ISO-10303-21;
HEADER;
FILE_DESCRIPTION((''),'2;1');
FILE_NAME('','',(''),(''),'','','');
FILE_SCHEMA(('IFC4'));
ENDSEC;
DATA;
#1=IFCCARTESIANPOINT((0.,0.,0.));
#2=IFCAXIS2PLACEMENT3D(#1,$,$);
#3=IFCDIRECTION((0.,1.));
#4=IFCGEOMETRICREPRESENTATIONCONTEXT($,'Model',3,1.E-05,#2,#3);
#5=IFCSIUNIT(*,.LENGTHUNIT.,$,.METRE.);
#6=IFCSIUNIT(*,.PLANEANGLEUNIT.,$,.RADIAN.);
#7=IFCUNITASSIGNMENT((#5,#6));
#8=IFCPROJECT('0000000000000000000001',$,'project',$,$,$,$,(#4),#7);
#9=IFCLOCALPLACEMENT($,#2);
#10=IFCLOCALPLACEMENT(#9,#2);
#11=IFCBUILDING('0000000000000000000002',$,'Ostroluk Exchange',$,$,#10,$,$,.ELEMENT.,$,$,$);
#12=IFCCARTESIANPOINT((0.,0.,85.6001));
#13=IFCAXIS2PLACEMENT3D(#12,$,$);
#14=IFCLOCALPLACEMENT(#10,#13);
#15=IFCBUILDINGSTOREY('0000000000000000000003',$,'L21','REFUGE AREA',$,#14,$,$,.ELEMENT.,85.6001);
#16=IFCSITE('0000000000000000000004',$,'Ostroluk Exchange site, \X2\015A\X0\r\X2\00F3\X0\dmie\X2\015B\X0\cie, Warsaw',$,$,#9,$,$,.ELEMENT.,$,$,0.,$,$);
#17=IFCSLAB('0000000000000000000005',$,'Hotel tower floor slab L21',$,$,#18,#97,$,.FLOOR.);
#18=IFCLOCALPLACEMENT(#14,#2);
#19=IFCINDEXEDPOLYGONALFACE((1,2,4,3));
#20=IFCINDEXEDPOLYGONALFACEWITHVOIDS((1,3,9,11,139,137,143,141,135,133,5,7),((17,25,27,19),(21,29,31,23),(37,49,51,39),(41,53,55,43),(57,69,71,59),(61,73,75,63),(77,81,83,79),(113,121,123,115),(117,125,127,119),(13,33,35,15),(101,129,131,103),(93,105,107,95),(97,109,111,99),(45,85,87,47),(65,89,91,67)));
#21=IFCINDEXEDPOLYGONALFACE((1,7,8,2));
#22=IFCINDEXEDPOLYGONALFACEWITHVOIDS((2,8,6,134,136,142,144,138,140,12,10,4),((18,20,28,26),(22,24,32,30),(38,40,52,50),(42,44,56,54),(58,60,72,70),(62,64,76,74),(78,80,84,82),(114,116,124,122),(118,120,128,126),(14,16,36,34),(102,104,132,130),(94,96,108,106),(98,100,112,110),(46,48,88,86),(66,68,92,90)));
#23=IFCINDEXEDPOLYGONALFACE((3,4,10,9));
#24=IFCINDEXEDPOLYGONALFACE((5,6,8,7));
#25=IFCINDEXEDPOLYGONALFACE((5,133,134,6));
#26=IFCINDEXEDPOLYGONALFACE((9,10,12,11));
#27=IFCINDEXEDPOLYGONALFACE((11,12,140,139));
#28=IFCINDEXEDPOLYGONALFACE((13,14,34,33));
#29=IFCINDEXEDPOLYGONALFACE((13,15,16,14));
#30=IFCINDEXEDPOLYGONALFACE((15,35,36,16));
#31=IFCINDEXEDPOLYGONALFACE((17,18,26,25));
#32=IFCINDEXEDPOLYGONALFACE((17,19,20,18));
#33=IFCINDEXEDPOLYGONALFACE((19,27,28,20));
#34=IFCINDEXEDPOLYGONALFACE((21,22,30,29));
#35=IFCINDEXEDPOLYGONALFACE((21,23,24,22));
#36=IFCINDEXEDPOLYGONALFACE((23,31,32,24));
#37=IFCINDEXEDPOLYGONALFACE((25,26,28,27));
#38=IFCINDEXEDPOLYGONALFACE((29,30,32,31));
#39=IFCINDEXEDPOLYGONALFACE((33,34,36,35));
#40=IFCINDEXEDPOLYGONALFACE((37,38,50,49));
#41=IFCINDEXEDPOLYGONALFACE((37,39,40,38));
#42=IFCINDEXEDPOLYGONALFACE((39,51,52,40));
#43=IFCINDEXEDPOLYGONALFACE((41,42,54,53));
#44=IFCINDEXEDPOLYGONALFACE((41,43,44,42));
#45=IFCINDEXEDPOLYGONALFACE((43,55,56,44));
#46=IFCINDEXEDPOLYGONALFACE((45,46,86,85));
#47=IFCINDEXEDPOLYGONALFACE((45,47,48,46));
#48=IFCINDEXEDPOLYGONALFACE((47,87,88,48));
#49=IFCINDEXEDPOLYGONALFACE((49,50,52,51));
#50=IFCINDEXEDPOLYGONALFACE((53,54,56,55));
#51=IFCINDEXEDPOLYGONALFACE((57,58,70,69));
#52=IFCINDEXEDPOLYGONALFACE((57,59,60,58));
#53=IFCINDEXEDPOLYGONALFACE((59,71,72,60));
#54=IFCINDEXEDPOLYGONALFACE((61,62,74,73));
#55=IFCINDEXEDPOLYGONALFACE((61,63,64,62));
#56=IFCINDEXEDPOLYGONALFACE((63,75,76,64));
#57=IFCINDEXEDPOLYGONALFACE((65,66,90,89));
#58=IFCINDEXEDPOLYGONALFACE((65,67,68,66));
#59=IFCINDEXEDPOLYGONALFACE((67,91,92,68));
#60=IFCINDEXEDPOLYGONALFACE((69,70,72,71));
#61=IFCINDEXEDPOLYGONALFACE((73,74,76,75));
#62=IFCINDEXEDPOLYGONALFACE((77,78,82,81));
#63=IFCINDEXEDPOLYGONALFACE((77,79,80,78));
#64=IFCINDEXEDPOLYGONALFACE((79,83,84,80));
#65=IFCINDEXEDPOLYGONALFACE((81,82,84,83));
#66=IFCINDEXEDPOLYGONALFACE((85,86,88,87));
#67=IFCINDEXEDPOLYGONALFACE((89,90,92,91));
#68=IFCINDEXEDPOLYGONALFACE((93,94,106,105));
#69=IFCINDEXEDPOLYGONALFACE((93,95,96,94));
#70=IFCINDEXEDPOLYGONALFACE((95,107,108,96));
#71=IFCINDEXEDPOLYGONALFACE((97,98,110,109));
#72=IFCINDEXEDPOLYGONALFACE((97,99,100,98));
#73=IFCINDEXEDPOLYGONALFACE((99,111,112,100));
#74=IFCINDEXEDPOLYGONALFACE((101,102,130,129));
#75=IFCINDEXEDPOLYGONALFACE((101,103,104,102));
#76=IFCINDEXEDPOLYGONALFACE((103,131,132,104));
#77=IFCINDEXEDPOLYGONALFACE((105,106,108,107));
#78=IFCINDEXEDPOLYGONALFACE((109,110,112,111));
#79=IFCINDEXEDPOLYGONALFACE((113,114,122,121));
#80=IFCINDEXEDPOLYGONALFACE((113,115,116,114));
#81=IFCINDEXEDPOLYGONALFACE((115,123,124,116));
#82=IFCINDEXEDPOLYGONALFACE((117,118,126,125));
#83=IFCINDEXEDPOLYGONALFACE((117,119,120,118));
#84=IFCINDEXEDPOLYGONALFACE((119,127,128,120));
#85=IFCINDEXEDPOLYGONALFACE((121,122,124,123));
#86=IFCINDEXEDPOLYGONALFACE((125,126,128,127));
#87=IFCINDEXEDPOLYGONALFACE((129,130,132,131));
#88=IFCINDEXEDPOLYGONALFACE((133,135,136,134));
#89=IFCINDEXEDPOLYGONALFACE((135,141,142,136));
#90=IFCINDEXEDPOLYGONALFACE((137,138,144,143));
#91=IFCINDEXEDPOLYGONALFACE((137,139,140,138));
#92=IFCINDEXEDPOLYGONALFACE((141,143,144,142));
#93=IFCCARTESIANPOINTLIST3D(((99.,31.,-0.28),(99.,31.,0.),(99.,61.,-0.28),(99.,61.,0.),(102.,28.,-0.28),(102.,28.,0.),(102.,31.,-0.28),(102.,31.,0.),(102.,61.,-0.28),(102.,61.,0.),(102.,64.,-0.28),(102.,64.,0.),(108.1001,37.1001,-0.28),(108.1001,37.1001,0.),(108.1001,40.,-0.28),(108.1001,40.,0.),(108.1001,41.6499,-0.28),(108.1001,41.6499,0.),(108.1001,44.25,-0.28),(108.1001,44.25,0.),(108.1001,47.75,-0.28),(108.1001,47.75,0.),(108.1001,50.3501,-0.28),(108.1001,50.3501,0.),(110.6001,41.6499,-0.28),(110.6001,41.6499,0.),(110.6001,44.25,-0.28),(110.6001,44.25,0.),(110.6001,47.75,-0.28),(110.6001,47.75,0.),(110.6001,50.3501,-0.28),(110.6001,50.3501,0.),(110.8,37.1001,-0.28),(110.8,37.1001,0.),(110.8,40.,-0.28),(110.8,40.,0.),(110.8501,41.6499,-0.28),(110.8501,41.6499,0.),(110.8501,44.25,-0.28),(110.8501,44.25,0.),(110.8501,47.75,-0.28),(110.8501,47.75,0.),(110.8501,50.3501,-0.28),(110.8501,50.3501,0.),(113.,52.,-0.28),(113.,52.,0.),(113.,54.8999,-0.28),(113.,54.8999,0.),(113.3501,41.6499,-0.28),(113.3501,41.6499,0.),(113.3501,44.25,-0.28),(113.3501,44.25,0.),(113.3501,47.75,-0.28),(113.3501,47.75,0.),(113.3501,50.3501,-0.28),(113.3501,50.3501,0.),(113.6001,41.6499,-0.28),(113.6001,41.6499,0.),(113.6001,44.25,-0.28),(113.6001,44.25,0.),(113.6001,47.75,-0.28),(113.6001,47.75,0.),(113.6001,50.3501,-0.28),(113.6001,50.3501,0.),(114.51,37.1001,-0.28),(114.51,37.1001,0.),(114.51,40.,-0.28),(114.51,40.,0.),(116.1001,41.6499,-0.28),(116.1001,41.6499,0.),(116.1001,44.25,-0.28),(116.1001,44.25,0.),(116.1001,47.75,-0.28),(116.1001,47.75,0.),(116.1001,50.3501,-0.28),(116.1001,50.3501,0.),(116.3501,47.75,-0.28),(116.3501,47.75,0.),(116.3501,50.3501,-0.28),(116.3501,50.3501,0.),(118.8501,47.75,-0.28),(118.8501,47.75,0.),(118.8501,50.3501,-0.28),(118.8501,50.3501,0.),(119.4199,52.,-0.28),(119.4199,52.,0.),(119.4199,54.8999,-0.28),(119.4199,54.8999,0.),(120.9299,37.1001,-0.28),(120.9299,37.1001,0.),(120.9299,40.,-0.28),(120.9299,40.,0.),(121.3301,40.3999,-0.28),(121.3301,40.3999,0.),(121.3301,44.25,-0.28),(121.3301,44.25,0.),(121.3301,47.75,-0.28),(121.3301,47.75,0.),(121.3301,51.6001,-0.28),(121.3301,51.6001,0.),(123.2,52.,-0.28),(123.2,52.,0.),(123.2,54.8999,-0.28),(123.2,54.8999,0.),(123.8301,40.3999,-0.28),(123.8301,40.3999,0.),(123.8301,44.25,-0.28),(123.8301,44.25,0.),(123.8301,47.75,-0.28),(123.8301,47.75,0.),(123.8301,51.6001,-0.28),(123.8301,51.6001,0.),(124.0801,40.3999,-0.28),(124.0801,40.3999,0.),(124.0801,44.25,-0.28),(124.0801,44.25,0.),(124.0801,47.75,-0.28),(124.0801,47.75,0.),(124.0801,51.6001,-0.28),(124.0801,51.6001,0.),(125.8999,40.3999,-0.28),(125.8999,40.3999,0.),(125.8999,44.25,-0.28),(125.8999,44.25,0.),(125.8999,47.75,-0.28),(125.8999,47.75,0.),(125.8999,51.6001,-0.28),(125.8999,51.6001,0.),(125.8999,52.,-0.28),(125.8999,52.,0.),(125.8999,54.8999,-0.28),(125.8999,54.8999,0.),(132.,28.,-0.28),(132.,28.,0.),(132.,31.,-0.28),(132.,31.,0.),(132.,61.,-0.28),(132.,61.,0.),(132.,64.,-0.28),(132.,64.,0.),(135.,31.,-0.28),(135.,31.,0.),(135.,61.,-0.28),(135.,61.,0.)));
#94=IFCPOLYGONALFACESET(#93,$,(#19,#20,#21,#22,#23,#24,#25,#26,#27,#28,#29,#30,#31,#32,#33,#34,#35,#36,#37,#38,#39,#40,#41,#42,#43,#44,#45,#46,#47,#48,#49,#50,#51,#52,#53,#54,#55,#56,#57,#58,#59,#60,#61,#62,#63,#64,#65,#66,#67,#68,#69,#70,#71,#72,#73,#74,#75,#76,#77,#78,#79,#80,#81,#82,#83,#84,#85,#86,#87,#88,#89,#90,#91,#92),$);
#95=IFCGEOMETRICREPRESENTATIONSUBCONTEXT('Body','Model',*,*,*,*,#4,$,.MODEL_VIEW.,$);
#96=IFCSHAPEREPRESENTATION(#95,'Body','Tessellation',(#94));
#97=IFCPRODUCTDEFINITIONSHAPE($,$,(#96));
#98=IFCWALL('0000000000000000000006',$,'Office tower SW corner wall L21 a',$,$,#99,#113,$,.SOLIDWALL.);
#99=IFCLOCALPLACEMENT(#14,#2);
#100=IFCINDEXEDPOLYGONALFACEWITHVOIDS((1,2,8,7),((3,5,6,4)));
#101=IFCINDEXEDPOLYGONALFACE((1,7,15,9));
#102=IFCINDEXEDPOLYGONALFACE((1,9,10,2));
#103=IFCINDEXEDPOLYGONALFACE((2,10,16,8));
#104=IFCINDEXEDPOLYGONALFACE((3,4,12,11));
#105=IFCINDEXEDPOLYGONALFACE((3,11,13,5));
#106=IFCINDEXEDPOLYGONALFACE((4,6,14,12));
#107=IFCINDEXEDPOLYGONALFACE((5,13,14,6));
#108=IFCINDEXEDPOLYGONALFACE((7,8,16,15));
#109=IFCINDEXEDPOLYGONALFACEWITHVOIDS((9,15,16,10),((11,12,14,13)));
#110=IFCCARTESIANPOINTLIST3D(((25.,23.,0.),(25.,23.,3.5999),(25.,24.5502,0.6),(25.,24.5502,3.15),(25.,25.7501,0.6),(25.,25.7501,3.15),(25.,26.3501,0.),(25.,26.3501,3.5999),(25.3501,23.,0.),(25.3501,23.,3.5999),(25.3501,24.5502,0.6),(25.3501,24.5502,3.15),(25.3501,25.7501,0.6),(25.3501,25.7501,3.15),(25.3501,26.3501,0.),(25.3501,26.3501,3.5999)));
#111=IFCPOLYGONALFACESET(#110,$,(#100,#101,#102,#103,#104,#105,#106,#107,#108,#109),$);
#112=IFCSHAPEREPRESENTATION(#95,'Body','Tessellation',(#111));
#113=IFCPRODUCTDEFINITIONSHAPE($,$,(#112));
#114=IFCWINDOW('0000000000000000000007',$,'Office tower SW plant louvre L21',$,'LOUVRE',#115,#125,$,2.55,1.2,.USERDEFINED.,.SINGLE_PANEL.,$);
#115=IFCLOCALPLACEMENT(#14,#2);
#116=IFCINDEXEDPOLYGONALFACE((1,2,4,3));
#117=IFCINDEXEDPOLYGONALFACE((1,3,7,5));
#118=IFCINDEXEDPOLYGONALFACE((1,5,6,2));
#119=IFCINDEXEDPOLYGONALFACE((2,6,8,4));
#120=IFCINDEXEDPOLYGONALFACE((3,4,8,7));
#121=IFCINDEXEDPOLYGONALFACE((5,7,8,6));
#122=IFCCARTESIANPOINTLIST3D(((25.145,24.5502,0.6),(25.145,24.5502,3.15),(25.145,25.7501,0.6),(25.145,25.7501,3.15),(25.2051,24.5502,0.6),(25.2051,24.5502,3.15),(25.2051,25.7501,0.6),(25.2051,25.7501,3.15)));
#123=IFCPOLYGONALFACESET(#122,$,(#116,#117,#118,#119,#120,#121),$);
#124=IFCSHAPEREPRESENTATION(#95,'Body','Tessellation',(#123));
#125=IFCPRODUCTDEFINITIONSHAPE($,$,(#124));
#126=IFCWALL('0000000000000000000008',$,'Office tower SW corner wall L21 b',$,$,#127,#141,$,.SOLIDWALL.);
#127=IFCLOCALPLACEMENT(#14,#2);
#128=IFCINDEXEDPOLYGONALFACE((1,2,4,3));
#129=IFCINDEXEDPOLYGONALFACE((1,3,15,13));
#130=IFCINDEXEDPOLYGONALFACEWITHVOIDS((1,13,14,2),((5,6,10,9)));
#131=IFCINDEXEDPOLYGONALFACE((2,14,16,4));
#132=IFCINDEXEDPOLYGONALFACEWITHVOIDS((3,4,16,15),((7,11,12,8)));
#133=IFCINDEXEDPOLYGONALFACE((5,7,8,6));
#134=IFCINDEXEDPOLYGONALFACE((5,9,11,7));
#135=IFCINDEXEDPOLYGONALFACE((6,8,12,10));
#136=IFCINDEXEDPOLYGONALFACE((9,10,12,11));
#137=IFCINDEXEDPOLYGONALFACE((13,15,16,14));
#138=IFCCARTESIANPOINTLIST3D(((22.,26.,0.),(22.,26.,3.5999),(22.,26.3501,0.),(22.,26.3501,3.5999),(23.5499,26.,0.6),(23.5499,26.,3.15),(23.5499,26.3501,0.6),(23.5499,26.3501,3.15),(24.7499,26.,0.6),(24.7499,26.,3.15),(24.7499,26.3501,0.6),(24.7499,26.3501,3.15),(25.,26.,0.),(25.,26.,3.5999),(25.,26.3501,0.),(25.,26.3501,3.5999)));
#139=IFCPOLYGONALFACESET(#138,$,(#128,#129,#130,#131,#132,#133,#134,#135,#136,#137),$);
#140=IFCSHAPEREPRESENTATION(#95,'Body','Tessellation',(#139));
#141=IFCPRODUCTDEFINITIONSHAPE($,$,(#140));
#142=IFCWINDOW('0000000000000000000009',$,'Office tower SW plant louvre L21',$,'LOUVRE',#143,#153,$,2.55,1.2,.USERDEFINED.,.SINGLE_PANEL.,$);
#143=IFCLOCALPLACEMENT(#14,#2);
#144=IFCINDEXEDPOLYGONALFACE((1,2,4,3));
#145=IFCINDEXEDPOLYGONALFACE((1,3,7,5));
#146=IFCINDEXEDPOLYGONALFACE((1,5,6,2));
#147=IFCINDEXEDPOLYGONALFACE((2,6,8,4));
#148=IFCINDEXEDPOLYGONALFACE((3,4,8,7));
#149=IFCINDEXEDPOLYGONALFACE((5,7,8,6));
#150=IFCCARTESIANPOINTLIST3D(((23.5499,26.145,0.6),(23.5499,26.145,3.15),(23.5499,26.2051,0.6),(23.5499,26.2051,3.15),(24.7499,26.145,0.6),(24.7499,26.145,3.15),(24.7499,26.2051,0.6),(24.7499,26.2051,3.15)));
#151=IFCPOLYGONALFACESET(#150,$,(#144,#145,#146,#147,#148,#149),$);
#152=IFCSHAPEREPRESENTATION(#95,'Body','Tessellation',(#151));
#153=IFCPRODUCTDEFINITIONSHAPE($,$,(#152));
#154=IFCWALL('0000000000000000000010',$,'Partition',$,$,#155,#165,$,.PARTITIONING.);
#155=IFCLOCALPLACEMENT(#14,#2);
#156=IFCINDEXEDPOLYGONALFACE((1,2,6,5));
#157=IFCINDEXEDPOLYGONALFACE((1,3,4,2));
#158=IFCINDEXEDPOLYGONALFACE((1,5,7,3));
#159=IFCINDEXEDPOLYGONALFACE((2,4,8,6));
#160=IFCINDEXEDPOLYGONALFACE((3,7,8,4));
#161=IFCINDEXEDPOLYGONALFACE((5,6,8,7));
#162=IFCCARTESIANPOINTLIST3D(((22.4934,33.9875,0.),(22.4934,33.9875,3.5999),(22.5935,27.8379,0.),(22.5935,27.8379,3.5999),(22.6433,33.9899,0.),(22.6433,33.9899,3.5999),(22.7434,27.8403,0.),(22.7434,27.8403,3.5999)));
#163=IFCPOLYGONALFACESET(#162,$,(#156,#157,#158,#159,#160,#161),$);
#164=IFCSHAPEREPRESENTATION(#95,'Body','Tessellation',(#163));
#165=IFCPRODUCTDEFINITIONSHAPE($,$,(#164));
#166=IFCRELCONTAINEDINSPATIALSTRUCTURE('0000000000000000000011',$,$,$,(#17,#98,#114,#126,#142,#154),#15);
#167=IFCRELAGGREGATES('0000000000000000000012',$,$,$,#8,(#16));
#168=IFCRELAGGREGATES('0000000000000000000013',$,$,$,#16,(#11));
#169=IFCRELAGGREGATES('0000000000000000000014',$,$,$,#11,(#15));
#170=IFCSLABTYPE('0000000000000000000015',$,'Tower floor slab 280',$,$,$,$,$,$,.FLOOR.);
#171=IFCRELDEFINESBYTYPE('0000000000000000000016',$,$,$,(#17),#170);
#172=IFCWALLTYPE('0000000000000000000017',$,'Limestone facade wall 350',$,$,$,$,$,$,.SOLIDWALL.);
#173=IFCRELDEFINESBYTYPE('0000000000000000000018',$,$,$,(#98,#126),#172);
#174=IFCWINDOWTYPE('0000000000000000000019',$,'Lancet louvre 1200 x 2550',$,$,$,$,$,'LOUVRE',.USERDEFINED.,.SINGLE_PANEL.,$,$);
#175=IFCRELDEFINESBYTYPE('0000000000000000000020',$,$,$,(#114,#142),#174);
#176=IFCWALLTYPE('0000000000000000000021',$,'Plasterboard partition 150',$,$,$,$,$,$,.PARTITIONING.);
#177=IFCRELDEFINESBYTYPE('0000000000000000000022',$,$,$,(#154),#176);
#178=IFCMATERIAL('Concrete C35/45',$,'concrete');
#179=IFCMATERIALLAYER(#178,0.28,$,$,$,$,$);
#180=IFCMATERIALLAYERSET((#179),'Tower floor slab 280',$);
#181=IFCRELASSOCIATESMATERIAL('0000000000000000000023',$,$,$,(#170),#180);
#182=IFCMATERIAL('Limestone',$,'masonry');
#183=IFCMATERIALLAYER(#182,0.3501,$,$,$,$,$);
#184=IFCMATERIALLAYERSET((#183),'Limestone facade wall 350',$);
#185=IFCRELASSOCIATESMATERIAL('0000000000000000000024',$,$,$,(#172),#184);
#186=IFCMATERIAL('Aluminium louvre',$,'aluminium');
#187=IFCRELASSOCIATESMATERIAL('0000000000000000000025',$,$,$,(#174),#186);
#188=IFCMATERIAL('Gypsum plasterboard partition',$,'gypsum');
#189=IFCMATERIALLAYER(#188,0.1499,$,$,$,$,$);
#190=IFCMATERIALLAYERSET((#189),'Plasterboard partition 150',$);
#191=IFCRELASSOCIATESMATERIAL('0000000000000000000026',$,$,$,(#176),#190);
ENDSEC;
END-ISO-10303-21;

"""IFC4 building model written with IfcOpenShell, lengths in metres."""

from ifc_helpers import new_model, si_unit, direction, frame, frame_2d, origin, place, context, subcontext, project, spatial, polyline, rectangle, outline, extrude, material, layer, layer_set, type_object, element, fill, save


model = new_model("IFC4")

# Units and contexts
model_context = context("Model", 3, precision=1e-05, world=origin(), true_north=direction((0.0, 1.0)))
body_context = subcontext(model_context, "Body", "Model", "MODEL_VIEW")
ifc_project = project(units=[si_unit("LENGTHUNIT", "METRE"), si_unit("PLANEANGLEUNIT", "RADIAN")], contexts=[model_context])

# Site, building, storey
site_placement = place(None, origin())
site = spatial("IfcSite", under=ifc_project, at=site_placement, Name="Ostroluk Exchange site, Śródmieście, Warsaw", CompositionType="ELEMENT", RefElevation=0.0)
building_placement = place(site_placement, origin())
building = spatial("IfcBuilding", under=site, at=building_placement, Name="Ostroluk Exchange", CompositionType="ELEMENT")
storey_placement = place(building_placement, frame((0.0, 0.0, 85.6001)))
storey = spatial("IfcBuildingStorey", under=building, at=storey_placement, Name="L21", Description="REFUGE AREA", CompositionType="ELEMENT", Elevation=85.6001)

# Slab
ifc_material_1 = material(Name="Concrete C35/45", Category="concrete")
ifc_layer_1 = layer(ifc_material_1, 0.28)
ifc_layer_set_1 = layer_set([ifc_layer_1], Name="Tower floor slab 280")
slab_type_1 = type_object("IfcSlabType", Name="Tower floor slab 280", PredefinedType="FLOOR", material=ifc_layer_set_1)
slab_1_placement = place(storey_placement, frame((0.0, 0.0, -0.28)))
element("IfcSlab", 1, at=slab_1_placement, inside=storey, type_object=slab_type_1, Name="Hotel tower floor slab L21", PredefinedType="FLOOR", context=body_context, shape_type="SweptSolid", body=[
    extrude(outline(polyline([(102.0, 28.0), (132.0, 28.0), (132.0, 31.0), (135.0, 31.0), (135.0, 61.0), (132.0, 61.0), (132.0, 64.0), (102.0, 64.0), (102.0, 61.0), (99.0, 61.0), (99.0, 31.0), (102.0, 31.0), (102.0, 28.0)]), holes=[polyline([(108.1001, 37.1001), (110.8, 37.1001), (110.8, 40.0), (108.1001, 40.0), (108.1001, 37.1001)]), polyline([(114.51, 37.1001), (120.9299, 37.1001), (120.9299, 40.0), (114.51, 40.0), (114.51, 37.1001)]), polyline([(113.0, 52.0), (119.4199, 52.0), (119.4199, 54.8999), (113.0, 54.8999), (113.0, 52.0)]), polyline([(123.2, 52.0), (125.8999, 52.0), (125.8999, 54.8999), (123.2, 54.8999), (123.2, 52.0)]), polyline([(108.1001, 47.75), (110.6001, 47.75), (110.6001, 50.3501), (108.1001, 50.3501), (108.1001, 47.75)]), polyline([(110.8501, 47.75), (113.3501, 47.75), (113.3501, 50.3501), (110.8501, 50.3501), (110.8501, 47.75)]), polyline([(113.6001, 47.75), (116.1001, 47.75), (116.1001, 50.3501), (113.6001, 50.3501), (113.6001, 47.75)]), polyline([(116.3501, 47.75), (118.8501, 47.75), (118.8501, 50.3501), (116.3501, 50.3501), (116.3501, 47.75)]), polyline([(108.1001, 41.6499), (110.6001, 41.6499), (110.6001, 44.25), (108.1001, 44.25), (108.1001, 41.6499)]), polyline([(110.8501, 41.6499), (113.3501, 41.6499), (113.3501, 44.25), (110.8501, 44.25), (110.8501, 41.6499)]), polyline([(113.6001, 41.6499), (116.1001, 41.6499), (116.1001, 44.25), (113.6001, 44.25), (113.6001, 41.6499)]), polyline([(121.3301, 47.75), (123.8301, 47.75), (123.8301, 51.6001), (121.3301, 51.6001), (121.3301, 47.75)]), polyline([(121.3301, 40.3999), (123.8301, 40.3999), (123.8301, 44.25), (121.3301, 44.25), (121.3301, 40.3999)]), polyline([(124.0801, 47.75), (125.8999, 47.75), (125.8999, 51.6001), (124.0801, 51.6001), (124.0801, 47.75)]), polyline([(124.0801, 40.3999), (125.8999, 40.3999), (125.8999, 44.25), (124.0801, 44.25), (124.0801, 40.3999)])]), origin(), (0.0, 0.0, 1.0), 0.28),
])

# Walls, openings, windows
ifc_material_2 = material(Name="Limestone", Category="masonry")
ifc_layer_2 = layer(ifc_material_2, 0.3501)
ifc_layer_set_2 = layer_set([ifc_layer_2], Name="Limestone facade wall 350")
wall_type_1 = type_object("IfcWallType", Name="Limestone facade wall 350", PredefinedType="SOLIDWALL", material=ifc_layer_set_2)
wall_1_placement = place(storey_placement, frame((25.175, 23.0, 0.0), z_axis=(0.0, 0.0, 1.0), x_axis=(0.0, 1.0, 0.0)))
wall_1 = element("IfcWall", 2, at=wall_1_placement, inside=storey, type_object=wall_type_1, Name="Office tower SW corner wall L21 a", PredefinedType="SOLIDWALL", context=body_context, shape_type="SweptSolid", body=[
    extrude(rectangle(XDim=3.3501, YDim=0.3501, at=frame_2d((1.675, 0.0))), origin(), (0.0, 0.0, 1.0), 3.5999),
])
opening_1_placement = place(wall_1_placement, frame((1.55, 0.0, 0.6001)))
opening_1 = element("IfcOpeningElement", 3, at=opening_1_placement, cuts=wall_1, PredefinedType="OPENING", context=body_context, shape_type="SweptSolid", body=[
    extrude(rectangle(XDim=1.2, YDim=2.55, at=frame_2d((0.6001, 1.2749))), frame((0.0, 0.1851, 0.0), z_axis=(0.0, -1.0, 0.0), x_axis=(1.0, 0.0, 0.0)), (0.0, 0.0, 1.0), 0.3701),
])
ifc_material_3 = material(Name="Aluminium louvre", Category="aluminium")
window_type = type_object("IfcWindowType", Name="Lancet louvre 1200 x 2550", ElementType="LOUVRE", PartitioningType="SINGLE_PANEL", PredefinedType="USERDEFINED", material=ifc_material_3)
window_1_placement = place(opening_1_placement, origin())
window_1 = element("IfcWindow", 4, at=window_1_placement, inside=storey, type_object=window_type, Name="Office tower SW plant louvre L21", ObjectType="LOUVRE", OverallHeight=2.55, OverallWidth=1.2, PartitioningType="SINGLE_PANEL", PredefinedType="USERDEFINED", context=body_context, shape_type="SweptSolid", body=[
    extrude(rectangle(XDim=1.2, YDim=2.55, at=frame_2d((0.6001, 1.2749))), frame((0.0, 0.03, 0.0), z_axis=(0.0, -1.0, 0.0), x_axis=(1.0, 0.0, 0.0)), (0.0, 0.0, 1.0), 0.0601),
])
fill(opening_1, window_1)
wall_2_placement = place(storey_placement, frame((25.0, 26.175, 0.0), z_axis=(0.0, 0.0, 1.0), x_axis=(-1.0, 0.0, 0.0)))
wall_2 = element("IfcWall", 5, at=wall_2_placement, inside=storey, type_object=wall_type_1, Name="Office tower SW corner wall L21 b", PredefinedType="SOLIDWALL", context=body_context, shape_type="SweptSolid", body=[
    extrude(rectangle(XDim=3.0, YDim=0.3501, at=frame_2d((1.5, 0.0))), origin(), (0.0, 0.0, 1.0), 3.5999),
])
opening_2_placement = place(wall_2_placement, frame((0.25, 0.0, 0.6001)))
opening_2 = element("IfcOpeningElement", 6, at=opening_2_placement, cuts=wall_2, PredefinedType="OPENING", context=body_context, shape_type="SweptSolid", body=[
    extrude(rectangle(XDim=1.2, YDim=2.55, at=frame_2d((0.6001, 1.2749))), frame((0.0, 0.1851, 0.0), z_axis=(0.0, -1.0, 0.0), x_axis=(1.0, 0.0, 0.0)), (0.0, 0.0, 1.0), 0.3701),
])
window_2_placement = place(opening_2_placement, origin())
window_2 = element("IfcWindow", 7, at=window_2_placement, inside=storey, type_object=window_type, Name="Office tower SW plant louvre L21", ObjectType="LOUVRE", OverallHeight=2.55, OverallWidth=1.2, PartitioningType="SINGLE_PANEL", PredefinedType="USERDEFINED", context=body_context, shape_type="SweptSolid", body=[
    extrude(rectangle(XDim=1.2, YDim=2.55, at=frame_2d((0.6001, 1.2749))), frame((0.0, 0.03, 0.0), z_axis=(0.0, -1.0, 0.0), x_axis=(1.0, 0.0, 0.0)), (0.0, 0.0, 1.0), 0.0601),
])
fill(opening_2, window_2)

# Wall
ifc_material_4 = material(Name="Gypsum plasterboard partition", Category="gypsum")
ifc_layer_3 = layer(ifc_material_4, 0.1499)
ifc_layer_set_3 = layer_set([ifc_layer_3], Name="Plasterboard partition 150")
wall_type_2 = type_object("IfcWallType", Name="Plasterboard partition 150", PredefinedType="PARTITIONING", material=ifc_layer_set_3)
wall_3_placement = place(storey_placement, frame((22.6685, 27.8391, 0.0), z_axis=(0.0, 0.0, 1.0), x_axis=(-0.016275, 0.999868, 0.0)))
element("IfcWall", 8, at=wall_3_placement, inside=storey, type_object=wall_type_2, Name="Partition", PredefinedType="PARTITIONING", context=body_context, shape_type="SweptSolid", body=[
    extrude(rectangle(XDim=6.1504, YDim=0.1499, at=frame_2d((3.0752, 0.0))), origin(), (0.0, 0.0, 1.0), 3.5999),
])

save(model, "model.ifc")
